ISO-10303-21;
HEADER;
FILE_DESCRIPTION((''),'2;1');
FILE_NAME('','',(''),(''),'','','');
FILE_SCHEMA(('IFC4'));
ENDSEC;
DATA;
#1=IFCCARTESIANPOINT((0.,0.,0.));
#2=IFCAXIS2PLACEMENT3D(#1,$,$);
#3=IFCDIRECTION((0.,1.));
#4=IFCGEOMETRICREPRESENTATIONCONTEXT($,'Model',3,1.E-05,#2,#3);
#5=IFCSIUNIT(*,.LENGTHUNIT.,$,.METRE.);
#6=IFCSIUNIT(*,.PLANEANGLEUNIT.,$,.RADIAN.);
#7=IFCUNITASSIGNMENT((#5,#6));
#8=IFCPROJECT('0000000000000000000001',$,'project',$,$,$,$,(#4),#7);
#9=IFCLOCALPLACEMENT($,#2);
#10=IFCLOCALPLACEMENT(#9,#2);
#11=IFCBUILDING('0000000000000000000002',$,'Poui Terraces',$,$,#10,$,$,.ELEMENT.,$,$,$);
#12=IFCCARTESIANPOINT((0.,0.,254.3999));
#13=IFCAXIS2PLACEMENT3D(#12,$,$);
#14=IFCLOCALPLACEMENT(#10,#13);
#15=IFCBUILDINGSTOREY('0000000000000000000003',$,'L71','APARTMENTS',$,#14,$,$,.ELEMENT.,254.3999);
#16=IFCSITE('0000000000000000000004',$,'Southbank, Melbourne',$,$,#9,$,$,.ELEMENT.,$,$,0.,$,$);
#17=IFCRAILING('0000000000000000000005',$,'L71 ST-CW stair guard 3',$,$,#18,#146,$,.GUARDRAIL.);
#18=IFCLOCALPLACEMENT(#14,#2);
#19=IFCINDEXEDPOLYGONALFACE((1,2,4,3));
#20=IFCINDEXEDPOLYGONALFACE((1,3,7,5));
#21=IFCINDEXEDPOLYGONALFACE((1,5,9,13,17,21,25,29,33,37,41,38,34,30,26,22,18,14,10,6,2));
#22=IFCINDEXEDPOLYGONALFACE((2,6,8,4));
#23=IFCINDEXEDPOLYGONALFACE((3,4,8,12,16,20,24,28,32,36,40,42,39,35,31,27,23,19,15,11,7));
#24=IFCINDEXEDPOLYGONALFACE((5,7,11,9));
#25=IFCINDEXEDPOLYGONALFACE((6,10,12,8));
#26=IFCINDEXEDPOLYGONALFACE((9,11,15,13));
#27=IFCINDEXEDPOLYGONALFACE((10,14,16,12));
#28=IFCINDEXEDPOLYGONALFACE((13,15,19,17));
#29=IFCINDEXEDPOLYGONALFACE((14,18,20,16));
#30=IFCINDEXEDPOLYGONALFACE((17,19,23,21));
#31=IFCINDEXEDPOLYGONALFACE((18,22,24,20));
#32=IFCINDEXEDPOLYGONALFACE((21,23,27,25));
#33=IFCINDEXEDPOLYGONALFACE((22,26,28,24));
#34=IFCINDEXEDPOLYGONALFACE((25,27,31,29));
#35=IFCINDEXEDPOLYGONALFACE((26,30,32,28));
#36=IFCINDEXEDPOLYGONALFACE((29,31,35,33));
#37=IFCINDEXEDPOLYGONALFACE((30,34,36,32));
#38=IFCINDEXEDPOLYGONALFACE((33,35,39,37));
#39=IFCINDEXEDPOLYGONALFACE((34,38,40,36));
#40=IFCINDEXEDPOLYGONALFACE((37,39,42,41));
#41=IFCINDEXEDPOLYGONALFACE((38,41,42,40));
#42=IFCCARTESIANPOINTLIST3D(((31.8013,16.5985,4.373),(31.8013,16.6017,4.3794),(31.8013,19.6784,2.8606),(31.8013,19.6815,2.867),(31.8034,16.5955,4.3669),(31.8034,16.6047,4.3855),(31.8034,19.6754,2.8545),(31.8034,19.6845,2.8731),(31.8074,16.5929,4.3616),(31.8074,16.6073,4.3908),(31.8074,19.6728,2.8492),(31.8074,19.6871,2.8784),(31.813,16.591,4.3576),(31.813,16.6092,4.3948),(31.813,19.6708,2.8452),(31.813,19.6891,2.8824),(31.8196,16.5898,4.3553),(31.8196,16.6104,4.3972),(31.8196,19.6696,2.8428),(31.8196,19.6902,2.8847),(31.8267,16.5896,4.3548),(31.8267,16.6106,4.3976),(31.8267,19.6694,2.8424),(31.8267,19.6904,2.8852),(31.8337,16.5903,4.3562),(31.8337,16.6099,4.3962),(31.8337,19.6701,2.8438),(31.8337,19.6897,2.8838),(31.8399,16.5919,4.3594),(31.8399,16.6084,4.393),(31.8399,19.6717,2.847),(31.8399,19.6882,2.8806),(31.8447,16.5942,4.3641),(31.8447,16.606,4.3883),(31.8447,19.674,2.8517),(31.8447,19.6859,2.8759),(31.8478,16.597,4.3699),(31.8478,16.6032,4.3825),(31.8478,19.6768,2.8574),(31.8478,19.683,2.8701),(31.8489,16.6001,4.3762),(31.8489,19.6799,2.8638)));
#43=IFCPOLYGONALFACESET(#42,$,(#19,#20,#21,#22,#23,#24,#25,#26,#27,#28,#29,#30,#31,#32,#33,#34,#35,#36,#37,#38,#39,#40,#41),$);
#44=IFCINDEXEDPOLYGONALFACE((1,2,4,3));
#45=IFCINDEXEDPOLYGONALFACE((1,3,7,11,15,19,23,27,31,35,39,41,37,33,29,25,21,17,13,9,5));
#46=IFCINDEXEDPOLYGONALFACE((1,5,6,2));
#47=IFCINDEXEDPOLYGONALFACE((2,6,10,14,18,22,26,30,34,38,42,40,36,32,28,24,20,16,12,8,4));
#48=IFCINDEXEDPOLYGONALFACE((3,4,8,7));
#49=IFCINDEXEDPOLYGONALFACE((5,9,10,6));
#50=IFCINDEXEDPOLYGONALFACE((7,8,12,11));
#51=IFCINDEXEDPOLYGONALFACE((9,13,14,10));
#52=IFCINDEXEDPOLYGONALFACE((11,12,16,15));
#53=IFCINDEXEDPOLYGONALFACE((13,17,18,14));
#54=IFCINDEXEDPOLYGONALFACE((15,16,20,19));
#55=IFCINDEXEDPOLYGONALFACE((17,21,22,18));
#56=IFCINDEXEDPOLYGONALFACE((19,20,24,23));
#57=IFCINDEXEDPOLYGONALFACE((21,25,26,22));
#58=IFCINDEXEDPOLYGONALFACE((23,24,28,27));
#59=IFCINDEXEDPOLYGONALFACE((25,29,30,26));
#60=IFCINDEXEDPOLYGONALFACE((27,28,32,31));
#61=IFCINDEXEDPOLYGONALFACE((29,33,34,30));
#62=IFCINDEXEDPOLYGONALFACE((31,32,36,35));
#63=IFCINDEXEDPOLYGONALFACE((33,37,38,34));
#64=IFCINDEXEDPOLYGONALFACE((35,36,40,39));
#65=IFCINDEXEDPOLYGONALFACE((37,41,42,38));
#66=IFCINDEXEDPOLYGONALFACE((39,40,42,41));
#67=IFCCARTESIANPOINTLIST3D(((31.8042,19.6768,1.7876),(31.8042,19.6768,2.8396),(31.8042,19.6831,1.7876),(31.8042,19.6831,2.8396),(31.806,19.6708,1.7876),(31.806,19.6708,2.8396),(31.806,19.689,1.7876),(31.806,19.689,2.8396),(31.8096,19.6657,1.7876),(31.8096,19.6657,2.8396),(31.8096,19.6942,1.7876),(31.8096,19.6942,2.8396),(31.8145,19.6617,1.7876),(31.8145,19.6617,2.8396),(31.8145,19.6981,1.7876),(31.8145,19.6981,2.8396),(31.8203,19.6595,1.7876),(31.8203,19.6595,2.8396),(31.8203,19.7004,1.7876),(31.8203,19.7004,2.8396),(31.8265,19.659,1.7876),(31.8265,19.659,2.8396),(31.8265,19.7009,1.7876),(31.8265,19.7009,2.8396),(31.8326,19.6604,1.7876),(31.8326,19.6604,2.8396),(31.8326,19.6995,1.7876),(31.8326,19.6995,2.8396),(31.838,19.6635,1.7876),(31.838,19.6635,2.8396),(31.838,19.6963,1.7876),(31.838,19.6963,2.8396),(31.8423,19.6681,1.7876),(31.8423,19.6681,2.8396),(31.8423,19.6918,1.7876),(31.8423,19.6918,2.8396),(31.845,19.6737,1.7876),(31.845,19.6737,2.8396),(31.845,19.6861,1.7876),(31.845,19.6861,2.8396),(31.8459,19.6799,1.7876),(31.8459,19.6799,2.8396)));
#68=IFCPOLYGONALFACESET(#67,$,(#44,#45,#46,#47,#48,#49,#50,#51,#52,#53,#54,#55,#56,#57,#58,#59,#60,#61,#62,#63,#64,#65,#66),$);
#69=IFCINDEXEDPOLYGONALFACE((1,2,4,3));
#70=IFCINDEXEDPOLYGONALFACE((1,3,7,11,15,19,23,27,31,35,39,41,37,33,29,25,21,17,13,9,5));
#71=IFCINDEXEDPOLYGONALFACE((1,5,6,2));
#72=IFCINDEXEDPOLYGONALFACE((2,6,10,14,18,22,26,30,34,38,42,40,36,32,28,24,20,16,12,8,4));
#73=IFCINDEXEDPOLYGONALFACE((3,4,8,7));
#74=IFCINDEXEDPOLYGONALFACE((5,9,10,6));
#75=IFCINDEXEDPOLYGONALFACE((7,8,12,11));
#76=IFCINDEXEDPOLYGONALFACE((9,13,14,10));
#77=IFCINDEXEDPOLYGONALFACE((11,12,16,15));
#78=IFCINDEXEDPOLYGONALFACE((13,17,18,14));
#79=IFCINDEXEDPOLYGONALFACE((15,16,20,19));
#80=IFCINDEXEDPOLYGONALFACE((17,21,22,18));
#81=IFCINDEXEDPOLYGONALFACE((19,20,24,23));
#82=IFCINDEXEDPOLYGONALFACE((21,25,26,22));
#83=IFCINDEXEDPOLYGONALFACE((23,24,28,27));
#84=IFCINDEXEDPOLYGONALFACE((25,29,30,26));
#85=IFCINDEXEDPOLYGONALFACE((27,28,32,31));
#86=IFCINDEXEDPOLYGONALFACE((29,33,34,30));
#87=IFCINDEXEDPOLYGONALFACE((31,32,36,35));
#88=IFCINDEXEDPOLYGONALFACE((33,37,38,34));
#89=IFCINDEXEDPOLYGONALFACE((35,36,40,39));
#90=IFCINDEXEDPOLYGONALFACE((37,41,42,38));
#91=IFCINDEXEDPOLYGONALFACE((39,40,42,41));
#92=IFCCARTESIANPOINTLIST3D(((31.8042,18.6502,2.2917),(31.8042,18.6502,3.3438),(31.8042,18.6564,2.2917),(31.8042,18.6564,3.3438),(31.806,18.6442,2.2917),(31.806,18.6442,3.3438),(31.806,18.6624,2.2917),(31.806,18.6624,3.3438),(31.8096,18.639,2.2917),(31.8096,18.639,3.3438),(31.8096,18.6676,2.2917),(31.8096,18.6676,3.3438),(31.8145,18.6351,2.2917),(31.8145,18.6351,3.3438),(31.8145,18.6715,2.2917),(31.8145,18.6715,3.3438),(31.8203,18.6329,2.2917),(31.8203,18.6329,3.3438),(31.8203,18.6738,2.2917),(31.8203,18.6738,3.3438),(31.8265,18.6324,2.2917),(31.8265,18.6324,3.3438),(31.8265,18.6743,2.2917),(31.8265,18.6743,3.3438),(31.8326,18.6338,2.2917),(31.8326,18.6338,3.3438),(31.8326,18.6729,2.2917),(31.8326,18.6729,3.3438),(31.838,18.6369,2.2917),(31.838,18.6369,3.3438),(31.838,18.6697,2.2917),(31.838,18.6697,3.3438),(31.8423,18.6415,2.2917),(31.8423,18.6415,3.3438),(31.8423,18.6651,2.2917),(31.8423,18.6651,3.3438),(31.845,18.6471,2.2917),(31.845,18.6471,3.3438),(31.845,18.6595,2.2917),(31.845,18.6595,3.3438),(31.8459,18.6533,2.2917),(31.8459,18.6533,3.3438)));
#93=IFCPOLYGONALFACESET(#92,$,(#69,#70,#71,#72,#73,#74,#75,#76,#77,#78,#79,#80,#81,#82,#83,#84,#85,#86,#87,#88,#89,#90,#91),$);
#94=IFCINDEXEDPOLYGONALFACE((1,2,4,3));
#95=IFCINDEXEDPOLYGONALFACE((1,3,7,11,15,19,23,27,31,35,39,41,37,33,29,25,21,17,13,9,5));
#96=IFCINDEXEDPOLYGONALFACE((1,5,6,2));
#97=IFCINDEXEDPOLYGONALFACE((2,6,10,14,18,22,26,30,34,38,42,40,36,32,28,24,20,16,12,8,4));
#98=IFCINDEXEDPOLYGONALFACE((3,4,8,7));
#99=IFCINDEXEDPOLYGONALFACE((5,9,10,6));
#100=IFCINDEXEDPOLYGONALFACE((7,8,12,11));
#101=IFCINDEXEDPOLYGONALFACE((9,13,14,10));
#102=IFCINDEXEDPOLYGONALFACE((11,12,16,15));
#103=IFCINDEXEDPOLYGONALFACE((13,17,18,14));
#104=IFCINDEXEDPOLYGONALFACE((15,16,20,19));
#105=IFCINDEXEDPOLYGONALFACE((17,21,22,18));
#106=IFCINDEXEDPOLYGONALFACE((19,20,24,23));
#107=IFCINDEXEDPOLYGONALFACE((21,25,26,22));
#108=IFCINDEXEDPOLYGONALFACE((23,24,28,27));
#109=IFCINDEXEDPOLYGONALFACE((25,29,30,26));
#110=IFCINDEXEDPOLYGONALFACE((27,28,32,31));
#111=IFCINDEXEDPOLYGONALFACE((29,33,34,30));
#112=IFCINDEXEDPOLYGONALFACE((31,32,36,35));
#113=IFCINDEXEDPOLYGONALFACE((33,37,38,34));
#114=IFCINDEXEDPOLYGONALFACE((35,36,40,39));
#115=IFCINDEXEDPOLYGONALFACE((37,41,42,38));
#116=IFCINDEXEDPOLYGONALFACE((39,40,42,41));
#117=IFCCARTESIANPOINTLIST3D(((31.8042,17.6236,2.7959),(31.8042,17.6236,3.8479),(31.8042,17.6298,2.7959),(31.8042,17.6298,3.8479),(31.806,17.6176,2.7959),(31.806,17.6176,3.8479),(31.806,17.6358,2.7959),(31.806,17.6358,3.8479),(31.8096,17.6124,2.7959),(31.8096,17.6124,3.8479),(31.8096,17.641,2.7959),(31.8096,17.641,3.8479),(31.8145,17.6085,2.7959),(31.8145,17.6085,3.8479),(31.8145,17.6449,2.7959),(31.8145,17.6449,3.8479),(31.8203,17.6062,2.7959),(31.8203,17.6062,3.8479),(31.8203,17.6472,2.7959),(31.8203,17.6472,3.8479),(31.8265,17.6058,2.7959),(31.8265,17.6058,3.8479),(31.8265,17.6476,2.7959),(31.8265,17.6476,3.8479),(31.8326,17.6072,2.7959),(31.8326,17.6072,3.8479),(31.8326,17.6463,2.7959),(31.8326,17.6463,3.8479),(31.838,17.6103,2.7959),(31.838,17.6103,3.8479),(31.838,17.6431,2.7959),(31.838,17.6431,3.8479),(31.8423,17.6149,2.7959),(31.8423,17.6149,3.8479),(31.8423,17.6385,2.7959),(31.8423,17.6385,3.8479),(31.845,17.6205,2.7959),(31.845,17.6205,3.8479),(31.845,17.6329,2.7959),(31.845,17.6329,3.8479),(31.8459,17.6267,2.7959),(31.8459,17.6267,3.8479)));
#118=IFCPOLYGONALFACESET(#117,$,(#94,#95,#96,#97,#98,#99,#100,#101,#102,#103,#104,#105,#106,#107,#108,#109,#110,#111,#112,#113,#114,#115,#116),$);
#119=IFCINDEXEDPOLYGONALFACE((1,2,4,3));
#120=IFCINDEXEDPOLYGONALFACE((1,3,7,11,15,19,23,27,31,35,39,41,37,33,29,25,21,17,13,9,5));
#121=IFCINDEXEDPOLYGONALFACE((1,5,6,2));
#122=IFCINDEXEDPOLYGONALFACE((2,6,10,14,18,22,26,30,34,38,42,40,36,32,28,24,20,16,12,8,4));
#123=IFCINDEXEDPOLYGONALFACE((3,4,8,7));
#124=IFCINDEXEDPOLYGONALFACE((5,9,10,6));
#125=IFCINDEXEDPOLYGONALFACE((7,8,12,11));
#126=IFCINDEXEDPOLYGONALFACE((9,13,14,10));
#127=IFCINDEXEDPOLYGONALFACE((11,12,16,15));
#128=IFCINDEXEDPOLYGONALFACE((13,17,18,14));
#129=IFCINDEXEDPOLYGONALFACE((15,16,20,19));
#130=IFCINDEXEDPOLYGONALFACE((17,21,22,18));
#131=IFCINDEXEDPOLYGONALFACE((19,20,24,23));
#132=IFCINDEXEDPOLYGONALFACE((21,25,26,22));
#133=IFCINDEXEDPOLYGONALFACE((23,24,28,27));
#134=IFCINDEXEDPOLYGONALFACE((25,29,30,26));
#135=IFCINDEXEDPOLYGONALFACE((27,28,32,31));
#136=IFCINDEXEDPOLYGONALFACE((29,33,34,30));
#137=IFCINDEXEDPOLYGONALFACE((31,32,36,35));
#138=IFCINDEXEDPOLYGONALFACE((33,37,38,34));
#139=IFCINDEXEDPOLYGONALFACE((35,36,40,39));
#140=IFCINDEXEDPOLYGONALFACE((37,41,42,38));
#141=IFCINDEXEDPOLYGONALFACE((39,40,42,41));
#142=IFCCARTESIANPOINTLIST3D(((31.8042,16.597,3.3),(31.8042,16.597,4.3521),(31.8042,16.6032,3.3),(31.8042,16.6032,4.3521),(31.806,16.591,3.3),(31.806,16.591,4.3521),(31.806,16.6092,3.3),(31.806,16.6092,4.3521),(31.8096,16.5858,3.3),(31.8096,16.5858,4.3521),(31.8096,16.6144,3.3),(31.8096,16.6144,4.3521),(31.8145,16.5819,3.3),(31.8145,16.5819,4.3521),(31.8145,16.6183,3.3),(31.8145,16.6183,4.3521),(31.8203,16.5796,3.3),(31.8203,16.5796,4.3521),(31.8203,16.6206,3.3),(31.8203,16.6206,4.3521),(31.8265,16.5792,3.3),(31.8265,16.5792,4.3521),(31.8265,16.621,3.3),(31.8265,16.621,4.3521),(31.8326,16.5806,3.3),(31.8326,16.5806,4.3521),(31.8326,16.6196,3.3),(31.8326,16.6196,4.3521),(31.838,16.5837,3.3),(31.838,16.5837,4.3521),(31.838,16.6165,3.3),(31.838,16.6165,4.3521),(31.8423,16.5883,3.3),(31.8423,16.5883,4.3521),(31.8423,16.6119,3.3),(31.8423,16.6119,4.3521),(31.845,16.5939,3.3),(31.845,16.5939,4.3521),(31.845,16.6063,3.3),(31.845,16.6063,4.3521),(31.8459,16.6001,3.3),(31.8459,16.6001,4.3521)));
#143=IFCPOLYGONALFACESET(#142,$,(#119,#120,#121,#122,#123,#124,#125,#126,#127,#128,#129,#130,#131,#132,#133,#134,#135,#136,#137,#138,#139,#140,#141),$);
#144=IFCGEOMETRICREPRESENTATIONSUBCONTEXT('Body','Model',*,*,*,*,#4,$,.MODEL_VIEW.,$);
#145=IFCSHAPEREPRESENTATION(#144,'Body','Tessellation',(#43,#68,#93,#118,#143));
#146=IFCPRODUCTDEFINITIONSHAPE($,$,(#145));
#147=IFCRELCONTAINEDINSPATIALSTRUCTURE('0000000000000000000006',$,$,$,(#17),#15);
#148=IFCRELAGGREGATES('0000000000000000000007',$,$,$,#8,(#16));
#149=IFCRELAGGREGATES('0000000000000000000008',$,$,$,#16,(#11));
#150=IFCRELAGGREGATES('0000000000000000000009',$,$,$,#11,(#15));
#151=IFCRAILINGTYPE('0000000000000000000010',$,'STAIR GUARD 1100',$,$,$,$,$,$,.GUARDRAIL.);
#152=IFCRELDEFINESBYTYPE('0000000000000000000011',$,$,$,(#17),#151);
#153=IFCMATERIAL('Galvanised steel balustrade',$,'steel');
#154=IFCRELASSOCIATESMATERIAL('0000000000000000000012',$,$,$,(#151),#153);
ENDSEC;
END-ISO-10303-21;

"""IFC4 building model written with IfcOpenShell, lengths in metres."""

from ifc_helpers import new_model, si_unit, direction, frame, origin, origin_2d, place, context, subcontext, project, spatial, circle, extrude, material, type_object, element, save


model = new_model("IFC4")

# Units and contexts
model_context = context("Model", 3, precision=1e-05, world=origin(), true_north=direction((0.0, 1.0)))
body_context = subcontext(model_context, "Body", "Model", "MODEL_VIEW")
ifc_project = project(units=[si_unit("LENGTHUNIT", "METRE"), si_unit("PLANEANGLEUNIT", "RADIAN")], contexts=[model_context])

# Site, building, storey
site_placement = place(None, origin())
site = spatial("IfcSite", under=ifc_project, at=site_placement, Name="Southbank, Melbourne", CompositionType="ELEMENT", RefElevation=0.0)
building_placement = place(site_placement, origin())
building = spatial("IfcBuilding", under=site, at=building_placement, Name="Poui Terraces", CompositionType="ELEMENT")
storey_placement = place(building_placement, frame((0.0, 0.0, 254.3999)))
storey = spatial("IfcBuildingStorey", under=building, at=storey_placement, Name="L71", Description="APARTMENTS", CompositionType="ELEMENT", Elevation=254.3999)

# Railing
ifc_material_1 = material(Name="Galvanised steel balustrade", Category="steel")
railing_type_1 = type_object("IfcRailingType", Name="STAIR GUARD 1100", PredefinedType="GUARDRAIL", material=ifc_material_1)
railing_1_placement = place(storey_placement, frame((31.825, 19.6799, 1.7876)))
element("IfcRailing", 1, at=railing_1_placement, inside=storey, type_object=railing_type_1, Name="L71 ST-CW stair guard 3", PredefinedType="GUARDRAIL", context=body_context, shape_type="SweptSolid", body=[
    extrude(circle(Radius=0.0239, at=origin_2d()), frame((0.0, 0.0, 1.0762), z_axis=(0.0, -0.897606, 0.440798), x_axis=(1.0, 0.0, 0.0)), (0.0, 0.0, 1.0), 3.4312),
    extrude(circle(Radius=0.021, at=origin_2d()), origin(), (0.0, 0.0, 1.0), 1.052),
    extrude(circle(Radius=0.021, at=origin_2d()), frame((0.0, -1.0266, 0.5042)), (0.0, 0.0, 1.0), 1.052),
    extrude(circle(Radius=0.021, at=origin_2d()), frame((0.0, -2.0532, 1.0083)), (0.0, 0.0, 1.0), 1.052),
    extrude(circle(Radius=0.021, at=origin_2d()), frame((0.0, -3.0798, 1.5125)), (0.0, 0.0, 1.0), 1.052),
])

save(model, "model.ifc")
